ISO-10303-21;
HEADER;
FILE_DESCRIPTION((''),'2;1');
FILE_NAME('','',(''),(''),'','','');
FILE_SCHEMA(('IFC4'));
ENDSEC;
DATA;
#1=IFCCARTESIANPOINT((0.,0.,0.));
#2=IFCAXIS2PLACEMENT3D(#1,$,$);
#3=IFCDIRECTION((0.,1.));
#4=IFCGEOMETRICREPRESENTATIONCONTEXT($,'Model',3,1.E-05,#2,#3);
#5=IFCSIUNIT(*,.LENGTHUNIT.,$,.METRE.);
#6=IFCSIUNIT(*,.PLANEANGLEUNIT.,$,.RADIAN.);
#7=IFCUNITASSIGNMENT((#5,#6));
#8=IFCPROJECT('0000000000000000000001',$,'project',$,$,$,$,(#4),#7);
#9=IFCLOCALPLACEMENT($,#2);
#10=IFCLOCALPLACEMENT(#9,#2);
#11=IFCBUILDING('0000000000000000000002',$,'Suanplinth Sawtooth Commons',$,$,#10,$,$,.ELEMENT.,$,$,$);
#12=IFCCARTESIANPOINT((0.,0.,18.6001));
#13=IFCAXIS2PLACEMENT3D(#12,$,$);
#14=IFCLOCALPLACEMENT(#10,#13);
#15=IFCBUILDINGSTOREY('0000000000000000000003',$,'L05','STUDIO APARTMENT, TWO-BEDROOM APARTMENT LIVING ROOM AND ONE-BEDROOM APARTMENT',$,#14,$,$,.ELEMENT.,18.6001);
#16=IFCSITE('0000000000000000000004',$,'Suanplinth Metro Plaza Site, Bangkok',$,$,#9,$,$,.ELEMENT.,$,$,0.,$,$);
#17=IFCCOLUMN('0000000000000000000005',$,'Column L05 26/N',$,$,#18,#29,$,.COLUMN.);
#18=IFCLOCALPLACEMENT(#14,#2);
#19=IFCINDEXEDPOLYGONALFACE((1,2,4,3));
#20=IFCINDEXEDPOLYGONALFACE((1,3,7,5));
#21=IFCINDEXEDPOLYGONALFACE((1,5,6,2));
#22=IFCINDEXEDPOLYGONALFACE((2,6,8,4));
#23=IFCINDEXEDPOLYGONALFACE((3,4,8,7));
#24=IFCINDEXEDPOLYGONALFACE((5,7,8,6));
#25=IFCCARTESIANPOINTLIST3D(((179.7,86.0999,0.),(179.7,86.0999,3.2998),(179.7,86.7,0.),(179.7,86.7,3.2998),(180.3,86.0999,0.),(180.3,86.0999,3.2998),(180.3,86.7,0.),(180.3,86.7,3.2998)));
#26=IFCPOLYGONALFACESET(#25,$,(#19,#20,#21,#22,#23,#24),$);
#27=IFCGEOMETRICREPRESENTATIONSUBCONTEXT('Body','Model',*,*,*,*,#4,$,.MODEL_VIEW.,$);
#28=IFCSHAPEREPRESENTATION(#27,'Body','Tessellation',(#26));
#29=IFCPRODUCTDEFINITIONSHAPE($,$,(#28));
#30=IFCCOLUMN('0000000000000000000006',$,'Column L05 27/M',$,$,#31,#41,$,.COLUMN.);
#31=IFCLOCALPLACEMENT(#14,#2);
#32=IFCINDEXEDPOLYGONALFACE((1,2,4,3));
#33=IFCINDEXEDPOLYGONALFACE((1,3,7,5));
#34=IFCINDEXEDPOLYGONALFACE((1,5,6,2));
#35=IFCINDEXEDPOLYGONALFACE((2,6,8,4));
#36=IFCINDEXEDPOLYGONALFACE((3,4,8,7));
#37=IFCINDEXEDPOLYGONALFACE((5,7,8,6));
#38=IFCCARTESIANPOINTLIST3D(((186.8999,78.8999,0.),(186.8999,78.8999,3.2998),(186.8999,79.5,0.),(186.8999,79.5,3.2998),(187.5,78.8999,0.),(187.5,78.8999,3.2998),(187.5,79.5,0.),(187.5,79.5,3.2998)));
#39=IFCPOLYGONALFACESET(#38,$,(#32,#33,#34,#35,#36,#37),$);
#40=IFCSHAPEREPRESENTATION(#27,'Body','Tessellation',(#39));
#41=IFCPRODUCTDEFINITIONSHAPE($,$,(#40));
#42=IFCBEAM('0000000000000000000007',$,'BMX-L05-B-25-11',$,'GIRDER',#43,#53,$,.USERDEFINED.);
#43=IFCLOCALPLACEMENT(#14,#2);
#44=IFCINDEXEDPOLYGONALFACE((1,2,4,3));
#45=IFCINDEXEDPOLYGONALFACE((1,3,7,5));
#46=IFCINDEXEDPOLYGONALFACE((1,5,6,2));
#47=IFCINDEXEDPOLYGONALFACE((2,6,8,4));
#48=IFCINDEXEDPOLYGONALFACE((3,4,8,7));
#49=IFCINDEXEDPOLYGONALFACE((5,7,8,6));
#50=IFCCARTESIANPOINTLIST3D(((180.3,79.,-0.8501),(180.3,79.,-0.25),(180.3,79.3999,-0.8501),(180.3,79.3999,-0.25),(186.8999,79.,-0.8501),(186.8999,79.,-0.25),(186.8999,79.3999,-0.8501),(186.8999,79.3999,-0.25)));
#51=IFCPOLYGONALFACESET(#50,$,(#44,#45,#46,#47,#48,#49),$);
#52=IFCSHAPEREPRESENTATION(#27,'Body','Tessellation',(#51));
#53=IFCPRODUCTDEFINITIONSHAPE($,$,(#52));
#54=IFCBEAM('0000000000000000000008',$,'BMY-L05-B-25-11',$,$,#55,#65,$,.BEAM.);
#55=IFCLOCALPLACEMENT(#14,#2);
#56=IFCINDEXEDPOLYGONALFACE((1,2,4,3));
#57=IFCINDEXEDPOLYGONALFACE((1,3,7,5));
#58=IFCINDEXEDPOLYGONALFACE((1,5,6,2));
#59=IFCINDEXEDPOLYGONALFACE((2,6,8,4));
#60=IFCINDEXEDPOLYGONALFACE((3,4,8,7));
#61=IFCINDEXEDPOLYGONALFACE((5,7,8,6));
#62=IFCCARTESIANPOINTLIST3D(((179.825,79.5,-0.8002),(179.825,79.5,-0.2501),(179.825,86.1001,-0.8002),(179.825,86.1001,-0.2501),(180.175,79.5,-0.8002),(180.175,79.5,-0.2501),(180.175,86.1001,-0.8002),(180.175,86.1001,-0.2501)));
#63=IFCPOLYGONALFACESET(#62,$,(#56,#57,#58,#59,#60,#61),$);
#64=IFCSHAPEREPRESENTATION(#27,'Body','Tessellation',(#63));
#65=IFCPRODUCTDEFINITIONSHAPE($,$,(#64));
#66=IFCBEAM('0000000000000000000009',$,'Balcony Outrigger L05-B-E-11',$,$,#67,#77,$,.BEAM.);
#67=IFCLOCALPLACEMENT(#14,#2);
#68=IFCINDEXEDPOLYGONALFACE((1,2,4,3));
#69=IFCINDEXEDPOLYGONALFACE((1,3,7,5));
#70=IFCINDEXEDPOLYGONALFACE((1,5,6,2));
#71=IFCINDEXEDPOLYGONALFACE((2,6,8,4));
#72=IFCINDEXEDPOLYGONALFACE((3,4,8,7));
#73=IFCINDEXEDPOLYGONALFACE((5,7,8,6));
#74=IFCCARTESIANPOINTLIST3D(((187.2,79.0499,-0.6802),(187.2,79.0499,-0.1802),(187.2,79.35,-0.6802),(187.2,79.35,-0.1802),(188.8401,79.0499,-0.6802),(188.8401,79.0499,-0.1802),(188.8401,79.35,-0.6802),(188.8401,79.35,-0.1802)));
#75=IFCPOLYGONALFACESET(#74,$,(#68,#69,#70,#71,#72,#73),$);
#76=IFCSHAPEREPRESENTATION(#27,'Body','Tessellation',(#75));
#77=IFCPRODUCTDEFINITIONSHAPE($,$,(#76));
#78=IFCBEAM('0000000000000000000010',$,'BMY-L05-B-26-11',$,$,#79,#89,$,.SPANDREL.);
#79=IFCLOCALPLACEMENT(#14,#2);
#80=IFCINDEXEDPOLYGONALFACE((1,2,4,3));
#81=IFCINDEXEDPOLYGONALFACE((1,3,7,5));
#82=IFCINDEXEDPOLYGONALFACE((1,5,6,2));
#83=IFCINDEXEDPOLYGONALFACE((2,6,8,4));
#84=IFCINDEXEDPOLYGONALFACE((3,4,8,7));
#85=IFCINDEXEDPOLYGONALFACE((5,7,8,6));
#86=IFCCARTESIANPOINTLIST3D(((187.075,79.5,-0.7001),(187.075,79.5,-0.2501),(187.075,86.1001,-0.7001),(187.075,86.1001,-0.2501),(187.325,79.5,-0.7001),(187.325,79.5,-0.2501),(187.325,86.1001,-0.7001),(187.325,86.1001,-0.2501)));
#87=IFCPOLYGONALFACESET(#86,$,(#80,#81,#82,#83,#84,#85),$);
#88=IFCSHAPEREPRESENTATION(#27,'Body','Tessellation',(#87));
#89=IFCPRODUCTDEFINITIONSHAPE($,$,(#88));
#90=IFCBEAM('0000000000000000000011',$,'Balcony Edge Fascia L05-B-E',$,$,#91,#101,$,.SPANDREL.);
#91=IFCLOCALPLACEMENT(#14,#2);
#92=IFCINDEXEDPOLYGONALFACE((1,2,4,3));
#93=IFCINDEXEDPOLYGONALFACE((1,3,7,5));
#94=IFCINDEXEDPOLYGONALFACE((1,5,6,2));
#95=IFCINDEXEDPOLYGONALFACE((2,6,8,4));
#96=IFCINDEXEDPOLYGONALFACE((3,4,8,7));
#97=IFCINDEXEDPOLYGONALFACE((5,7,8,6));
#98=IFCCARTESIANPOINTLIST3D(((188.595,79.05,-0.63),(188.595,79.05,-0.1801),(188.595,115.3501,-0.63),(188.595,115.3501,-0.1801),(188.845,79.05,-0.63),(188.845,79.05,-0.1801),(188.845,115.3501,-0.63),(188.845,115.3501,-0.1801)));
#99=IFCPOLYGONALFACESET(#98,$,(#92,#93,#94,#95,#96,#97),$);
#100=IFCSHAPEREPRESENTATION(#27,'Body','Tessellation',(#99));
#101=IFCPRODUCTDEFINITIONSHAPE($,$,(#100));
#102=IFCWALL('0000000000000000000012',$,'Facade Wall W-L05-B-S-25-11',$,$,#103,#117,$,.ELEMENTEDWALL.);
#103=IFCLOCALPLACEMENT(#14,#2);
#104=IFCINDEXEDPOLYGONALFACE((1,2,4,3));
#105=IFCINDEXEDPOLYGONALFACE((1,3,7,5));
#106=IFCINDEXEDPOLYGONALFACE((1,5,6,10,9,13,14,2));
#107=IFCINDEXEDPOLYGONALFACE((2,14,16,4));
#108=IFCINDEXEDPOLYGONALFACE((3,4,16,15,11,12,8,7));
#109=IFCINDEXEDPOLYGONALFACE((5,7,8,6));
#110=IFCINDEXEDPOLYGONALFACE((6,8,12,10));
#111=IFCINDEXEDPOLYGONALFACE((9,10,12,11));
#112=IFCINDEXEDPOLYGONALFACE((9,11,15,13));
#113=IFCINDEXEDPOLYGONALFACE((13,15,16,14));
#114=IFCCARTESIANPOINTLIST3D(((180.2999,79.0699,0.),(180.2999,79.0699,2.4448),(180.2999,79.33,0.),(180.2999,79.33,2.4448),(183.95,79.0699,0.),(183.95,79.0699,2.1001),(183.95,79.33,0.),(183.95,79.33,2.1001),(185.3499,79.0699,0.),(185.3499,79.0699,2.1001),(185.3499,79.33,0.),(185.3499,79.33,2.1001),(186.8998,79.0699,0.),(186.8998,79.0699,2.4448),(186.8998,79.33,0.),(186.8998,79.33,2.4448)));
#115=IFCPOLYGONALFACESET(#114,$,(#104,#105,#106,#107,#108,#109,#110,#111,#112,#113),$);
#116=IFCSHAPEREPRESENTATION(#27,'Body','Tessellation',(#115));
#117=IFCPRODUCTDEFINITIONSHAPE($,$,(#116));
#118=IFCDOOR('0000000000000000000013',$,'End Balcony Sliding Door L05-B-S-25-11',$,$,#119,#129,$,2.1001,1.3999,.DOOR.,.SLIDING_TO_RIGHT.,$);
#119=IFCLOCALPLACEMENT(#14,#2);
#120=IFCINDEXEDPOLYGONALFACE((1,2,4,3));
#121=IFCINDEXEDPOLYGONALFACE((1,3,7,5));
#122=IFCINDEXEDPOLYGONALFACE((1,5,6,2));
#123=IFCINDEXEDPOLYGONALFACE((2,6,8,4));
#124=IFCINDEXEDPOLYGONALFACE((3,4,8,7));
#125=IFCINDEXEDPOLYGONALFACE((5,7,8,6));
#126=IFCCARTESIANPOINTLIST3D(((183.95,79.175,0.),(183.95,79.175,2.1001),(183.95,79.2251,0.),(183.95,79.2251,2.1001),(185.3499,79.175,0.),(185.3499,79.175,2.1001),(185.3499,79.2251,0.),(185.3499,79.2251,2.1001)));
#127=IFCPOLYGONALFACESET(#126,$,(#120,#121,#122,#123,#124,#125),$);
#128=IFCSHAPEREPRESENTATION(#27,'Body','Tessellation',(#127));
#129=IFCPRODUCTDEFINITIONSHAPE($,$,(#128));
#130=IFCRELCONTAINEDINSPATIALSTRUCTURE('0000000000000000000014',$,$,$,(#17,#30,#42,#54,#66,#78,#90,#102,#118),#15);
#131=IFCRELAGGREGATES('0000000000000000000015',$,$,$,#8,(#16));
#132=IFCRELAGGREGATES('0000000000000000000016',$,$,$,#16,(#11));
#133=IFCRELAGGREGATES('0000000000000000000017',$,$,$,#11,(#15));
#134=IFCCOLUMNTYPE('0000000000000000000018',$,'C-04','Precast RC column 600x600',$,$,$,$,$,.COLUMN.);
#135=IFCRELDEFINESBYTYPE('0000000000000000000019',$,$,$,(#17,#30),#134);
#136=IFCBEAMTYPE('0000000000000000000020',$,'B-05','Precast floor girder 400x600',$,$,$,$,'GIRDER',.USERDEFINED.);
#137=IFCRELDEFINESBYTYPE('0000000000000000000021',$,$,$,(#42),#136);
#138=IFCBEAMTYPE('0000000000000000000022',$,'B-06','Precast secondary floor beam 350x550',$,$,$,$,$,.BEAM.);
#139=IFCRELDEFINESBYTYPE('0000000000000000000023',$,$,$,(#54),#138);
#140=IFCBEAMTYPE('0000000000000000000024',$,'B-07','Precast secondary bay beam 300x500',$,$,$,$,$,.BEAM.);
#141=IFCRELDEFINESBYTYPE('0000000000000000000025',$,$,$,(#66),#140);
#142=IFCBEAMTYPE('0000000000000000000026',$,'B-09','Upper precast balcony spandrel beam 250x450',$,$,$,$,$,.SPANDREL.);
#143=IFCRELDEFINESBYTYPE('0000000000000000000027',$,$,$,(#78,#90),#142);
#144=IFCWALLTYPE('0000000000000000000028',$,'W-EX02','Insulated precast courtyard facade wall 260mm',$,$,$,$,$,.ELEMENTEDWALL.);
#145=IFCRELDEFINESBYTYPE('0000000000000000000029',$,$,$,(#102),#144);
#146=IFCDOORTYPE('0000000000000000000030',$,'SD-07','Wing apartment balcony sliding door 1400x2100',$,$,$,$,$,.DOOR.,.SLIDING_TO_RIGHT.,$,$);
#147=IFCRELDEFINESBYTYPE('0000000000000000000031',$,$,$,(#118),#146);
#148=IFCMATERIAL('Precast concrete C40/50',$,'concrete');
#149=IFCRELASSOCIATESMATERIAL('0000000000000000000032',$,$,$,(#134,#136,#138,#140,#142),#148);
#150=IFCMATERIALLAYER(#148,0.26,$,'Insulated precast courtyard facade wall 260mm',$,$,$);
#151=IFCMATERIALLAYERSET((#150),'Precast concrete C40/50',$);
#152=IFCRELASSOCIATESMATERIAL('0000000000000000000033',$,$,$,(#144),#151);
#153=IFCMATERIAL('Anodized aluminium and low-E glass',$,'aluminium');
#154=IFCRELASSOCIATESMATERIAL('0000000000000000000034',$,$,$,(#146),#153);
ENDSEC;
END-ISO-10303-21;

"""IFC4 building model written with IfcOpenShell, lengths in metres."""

from ifc_helpers import new_model, si_unit, direction, frame, frame_2d, origin, origin_2d, place, context, subcontext, project, spatial, rectangle, extrude, material, layer, layer_set, material_profile, profile_set, type_object, element, fill, save


model = new_model("IFC4")

# Units and contexts
model_context = context("Model", 3, precision=1e-05, world=origin(), true_north=direction((0.0, 1.0)))
body_context = subcontext(model_context, "Body", "Model", "MODEL_VIEW")
ifc_project = project(units=[si_unit("LENGTHUNIT", "METRE"), si_unit("PLANEANGLEUNIT", "RADIAN")], contexts=[model_context])

# Site, building, storey
site_placement = place(None, origin())
site = spatial("IfcSite", under=ifc_project, at=site_placement, Name="Suanplinth Metro Plaza Site, Bangkok", CompositionType="ELEMENT", RefElevation=0.0)
building_placement = place(site_placement, origin())
building = spatial("IfcBuilding", under=site, at=building_placement, Name="Suanplinth Sawtooth Commons", CompositionType="ELEMENT")
storey_placement = place(building_placement, frame((0.0, 0.0, 18.6001)))
storey = spatial("IfcBuildingStorey", under=building, at=storey_placement, Name="L05", Description="STUDIO APARTMENT, TWO-BEDROOM APARTMENT LIVING ROOM AND ONE-BEDROOM APARTMENT", CompositionType="ELEMENT", Elevation=18.6001)

# Columns
ifc_material_1 = material(Name="Precast concrete C40/50", Category="concrete")
ifc_material_profile_1 = material_profile(ifc_material_1, rectangle(XDim=0.6001, YDim=0.6001, at=origin_2d()), Name="PC-COL 600x600")
ifc_profile_set_1 = profile_set([ifc_material_profile_1], Name="Precast concrete C40/50")
column_type = type_object("IfcColumnType", Name="C-04", Description="Precast RC column 600x600", PredefinedType="COLUMN", material=ifc_profile_set_1)
for number, where, z_axis, x_axis, name in (
    (1, (180.0, 86.3999, 0.0), (0.0, 0.0, 1.0), (1.0, 0.0, 0.0), "Column L05 26/N"),
    (2, (187.2, 79.2, 0.0), (0.0, 0.0, 1.0), (1.0, 0.0, 0.0), "Column L05 27/M"),
):
    element("IfcColumn", number, at=place(storey_placement, frame(where, z_axis=z_axis, x_axis=x_axis)), inside=storey, type_object=column_type, Name=name, PredefinedType="COLUMN", context=body_context, shape_type="SweptSolid", body=[
        extrude(rectangle(XDim=0.6001, YDim=0.6001, at=origin_2d()), origin(), (0.0, 0.0, 1.0), 3.2998),
    ])

# Beams
ifc_material_profile_2 = material_profile(ifc_material_1, rectangle(XDim=0.3999, YDim=0.6001, at=origin_2d()), Name="PC-GDR 400x600")
ifc_profile_set_2 = profile_set([ifc_material_profile_2], Name="Precast concrete C40/50")
beam_type_1 = type_object("IfcBeamType", Name="B-05", Description="Precast floor girder 400x600", ElementType="GIRDER", PredefinedType="USERDEFINED", material=ifc_profile_set_2)
beam_1_placement = place(storey_placement, frame((180.3, 79.2, -0.55), z_axis=(1.0, 0.0, 0.0), x_axis=(0.0, 1.0, 0.0)))
element("IfcBeam", 3, at=beam_1_placement, inside=storey, type_object=beam_type_1, Name="BMX-L05-B-25-11", ObjectType="GIRDER", PredefinedType="USERDEFINED", context=body_context, shape_type="SweptSolid", body=[
    extrude(rectangle(XDim=0.3999, YDim=0.6001, at=origin_2d()), origin(), (0.0, 0.0, 1.0), 6.5999),
])
ifc_material_profile_3 = material_profile(ifc_material_1, rectangle(XDim=0.3501, YDim=0.55, at=origin_2d()), Name="PC-BM 350x550")
ifc_profile_set_3 = profile_set([ifc_material_profile_3], Name="Precast concrete C40/50")
beam_type_2 = type_object("IfcBeamType", Name="B-06", Description="Precast secondary floor beam 350x550", PredefinedType="BEAM", material=ifc_profile_set_3)
beam_2_placement = place(storey_placement, frame((180.0, 79.5, -0.5251), z_axis=(0.0, 1.0, 0.0), x_axis=(-1.0, 0.0, 0.0)))
element("IfcBeam", 4, at=beam_2_placement, inside=storey, type_object=beam_type_2, Name="BMY-L05-B-25-11", PredefinedType="BEAM", context=body_context, shape_type="SweptSolid", body=[
    extrude(rectangle(XDim=0.3501, YDim=0.55, at=origin_2d()), origin(), (0.0, 0.0, 1.0), 6.6001),
])
ifc_material_profile_4 = material_profile(ifc_material_1, rectangle(XDim=0.3, YDim=0.5, at=origin_2d()), Name="PC-BM 300x500")
ifc_profile_set_4 = profile_set([ifc_material_profile_4], Name="Precast concrete C40/50")
beam_type_3 = type_object("IfcBeamType", Name="B-07", Description="Precast secondary bay beam 300x500", PredefinedType="BEAM", material=ifc_profile_set_4)
beam_3_placement = place(storey_placement, frame((187.2, 79.2, -0.4302), z_axis=(1.0, 0.0, 0.0), x_axis=(0.0, 1.0, 0.0)))
element("IfcBeam", 5, at=beam_3_placement, inside=storey, type_object=beam_type_3, Name="Balcony Outrigger L05-B-E-11", PredefinedType="BEAM", context=body_context, shape_type="SweptSolid", body=[
    extrude(rectangle(XDim=0.3, YDim=0.5, at=origin_2d()), origin(), (0.0, 0.0, 1.0), 1.6401),
])
ifc_material_profile_5 = material_profile(ifc_material_1, rectangle(XDim=0.25, YDim=0.45, at=origin_2d()), Name="PC-SP 250x450")
ifc_profile_set_5 = profile_set([ifc_material_profile_5], Name="Precast concrete C40/50")
beam_type_4 = type_object("IfcBeamType", Name="B-09", Description="Upper precast balcony spandrel beam 250x450", PredefinedType="SPANDREL", material=ifc_profile_set_5)
beam_4_placement = place(storey_placement, frame((187.2, 79.5, -0.4751), z_axis=(0.0, 1.0, 0.0), x_axis=(-1.0, 0.0, 0.0)))
element("IfcBeam", 6, at=beam_4_placement, inside=storey, type_object=beam_type_4, Name="BMY-L05-B-26-11", PredefinedType="SPANDREL", context=body_context, shape_type="SweptSolid", body=[
    extrude(rectangle(XDim=0.25, YDim=0.45, at=origin_2d()), origin(), (0.0, 0.0, 1.0), 6.6001),
])
beam_5_placement = place(storey_placement, frame((188.72, 79.05, -0.405), z_axis=(0.0, 1.0, 0.0), x_axis=(-1.0, 0.0, 0.0)))
element("IfcBeam", 7, at=beam_5_placement, inside=storey, type_object=beam_type_4, Name="Balcony Edge Fascia L05-B-E", PredefinedType="SPANDREL", context=body_context, shape_type="SweptSolid", body=[
    extrude(rectangle(XDim=0.25, YDim=0.45, at=origin_2d()), origin(), (0.0, 0.0, 1.0), 36.3),
])

# Wall, opening, door
ifc_layer_1 = layer(ifc_material_1, 0.26, Name="Insulated precast courtyard facade wall 260mm")
ifc_layer_set_1 = layer_set([ifc_layer_1], Name="Precast concrete C40/50")
wall_type_1 = type_object("IfcWallType", Name="W-EX02", Description="Insulated precast courtyard facade wall 260mm", PredefinedType="ELEMENTEDWALL", material=ifc_layer_set_1)
wall_1_placement = place(storey_placement, frame((180.3, 79.2, 0.0), z_axis=(0.0, 0.0, 1.0), x_axis=(1.0, 0.0, 0.0)))
wall_1 = element("IfcWall", 8, at=wall_1_placement, inside=storey, type_object=wall_type_1, Name="Facade Wall W-L05-B-S-25-11", PredefinedType="ELEMENTEDWALL", context=body_context, shape_type="SweptSolid", body=[
    extrude(rectangle(XDim=6.5999, YDim=0.26, at=frame_2d((3.2998, 0.0))), origin(), (0.0, 0.0, 1.0), 2.4448),
])
opening_1_placement = place(wall_1_placement, frame((3.6499, 0.0, 0.0)))
opening_1 = element("IfcOpeningElement", 9, at=opening_1_placement, cuts=wall_1, PredefinedType="OPENING", context=body_context, shape_type="SweptSolid", body=[
    extrude(rectangle(XDim=1.3999, YDim=2.1001, at=frame_2d((0.7, 1.05))), frame((0.0, 0.145, 0.0), z_axis=(0.0, -1.0, 0.0), x_axis=(1.0, 0.0, 0.0)), (0.0, 0.0, 1.0), 0.2898),
])
ifc_material_2 = material(Name="Anodized aluminium and low-E glass", Category="aluminium")
door_type_1 = type_object("IfcDoorType", Name="SD-07", Description="Wing apartment balcony sliding door 1400x2100", OperationType="SLIDING_TO_RIGHT", PredefinedType="DOOR", material=ifc_material_2)
door_1_placement = place(opening_1_placement, frame((1.3999, 0.0, 0.0), z_axis=(0.0, 0.0, 1.0), x_axis=(-1.0, 0.0, 0.0)))
door_1 = element("IfcDoor", 10, at=door_1_placement, inside=storey, type_object=door_type_1, Name="End Balcony Sliding Door L05-B-S-25-11", OperationType="SLIDING_TO_RIGHT", OverallHeight=2.1001, OverallWidth=1.3999, PredefinedType="DOOR", context=body_context, shape_type="SweptSolid", body=[
    extrude(rectangle(XDim=1.3999, YDim=2.1001, at=frame_2d((0.7, 1.05))), frame((0.0, 0.0249, 0.0), z_axis=(0.0, -1.0, 0.0), x_axis=(1.0, 0.0, 0.0)), (0.0, 0.0, 1.0), 0.05),
])
fill(opening_1, door_1)

save(model, "model.ifc")
